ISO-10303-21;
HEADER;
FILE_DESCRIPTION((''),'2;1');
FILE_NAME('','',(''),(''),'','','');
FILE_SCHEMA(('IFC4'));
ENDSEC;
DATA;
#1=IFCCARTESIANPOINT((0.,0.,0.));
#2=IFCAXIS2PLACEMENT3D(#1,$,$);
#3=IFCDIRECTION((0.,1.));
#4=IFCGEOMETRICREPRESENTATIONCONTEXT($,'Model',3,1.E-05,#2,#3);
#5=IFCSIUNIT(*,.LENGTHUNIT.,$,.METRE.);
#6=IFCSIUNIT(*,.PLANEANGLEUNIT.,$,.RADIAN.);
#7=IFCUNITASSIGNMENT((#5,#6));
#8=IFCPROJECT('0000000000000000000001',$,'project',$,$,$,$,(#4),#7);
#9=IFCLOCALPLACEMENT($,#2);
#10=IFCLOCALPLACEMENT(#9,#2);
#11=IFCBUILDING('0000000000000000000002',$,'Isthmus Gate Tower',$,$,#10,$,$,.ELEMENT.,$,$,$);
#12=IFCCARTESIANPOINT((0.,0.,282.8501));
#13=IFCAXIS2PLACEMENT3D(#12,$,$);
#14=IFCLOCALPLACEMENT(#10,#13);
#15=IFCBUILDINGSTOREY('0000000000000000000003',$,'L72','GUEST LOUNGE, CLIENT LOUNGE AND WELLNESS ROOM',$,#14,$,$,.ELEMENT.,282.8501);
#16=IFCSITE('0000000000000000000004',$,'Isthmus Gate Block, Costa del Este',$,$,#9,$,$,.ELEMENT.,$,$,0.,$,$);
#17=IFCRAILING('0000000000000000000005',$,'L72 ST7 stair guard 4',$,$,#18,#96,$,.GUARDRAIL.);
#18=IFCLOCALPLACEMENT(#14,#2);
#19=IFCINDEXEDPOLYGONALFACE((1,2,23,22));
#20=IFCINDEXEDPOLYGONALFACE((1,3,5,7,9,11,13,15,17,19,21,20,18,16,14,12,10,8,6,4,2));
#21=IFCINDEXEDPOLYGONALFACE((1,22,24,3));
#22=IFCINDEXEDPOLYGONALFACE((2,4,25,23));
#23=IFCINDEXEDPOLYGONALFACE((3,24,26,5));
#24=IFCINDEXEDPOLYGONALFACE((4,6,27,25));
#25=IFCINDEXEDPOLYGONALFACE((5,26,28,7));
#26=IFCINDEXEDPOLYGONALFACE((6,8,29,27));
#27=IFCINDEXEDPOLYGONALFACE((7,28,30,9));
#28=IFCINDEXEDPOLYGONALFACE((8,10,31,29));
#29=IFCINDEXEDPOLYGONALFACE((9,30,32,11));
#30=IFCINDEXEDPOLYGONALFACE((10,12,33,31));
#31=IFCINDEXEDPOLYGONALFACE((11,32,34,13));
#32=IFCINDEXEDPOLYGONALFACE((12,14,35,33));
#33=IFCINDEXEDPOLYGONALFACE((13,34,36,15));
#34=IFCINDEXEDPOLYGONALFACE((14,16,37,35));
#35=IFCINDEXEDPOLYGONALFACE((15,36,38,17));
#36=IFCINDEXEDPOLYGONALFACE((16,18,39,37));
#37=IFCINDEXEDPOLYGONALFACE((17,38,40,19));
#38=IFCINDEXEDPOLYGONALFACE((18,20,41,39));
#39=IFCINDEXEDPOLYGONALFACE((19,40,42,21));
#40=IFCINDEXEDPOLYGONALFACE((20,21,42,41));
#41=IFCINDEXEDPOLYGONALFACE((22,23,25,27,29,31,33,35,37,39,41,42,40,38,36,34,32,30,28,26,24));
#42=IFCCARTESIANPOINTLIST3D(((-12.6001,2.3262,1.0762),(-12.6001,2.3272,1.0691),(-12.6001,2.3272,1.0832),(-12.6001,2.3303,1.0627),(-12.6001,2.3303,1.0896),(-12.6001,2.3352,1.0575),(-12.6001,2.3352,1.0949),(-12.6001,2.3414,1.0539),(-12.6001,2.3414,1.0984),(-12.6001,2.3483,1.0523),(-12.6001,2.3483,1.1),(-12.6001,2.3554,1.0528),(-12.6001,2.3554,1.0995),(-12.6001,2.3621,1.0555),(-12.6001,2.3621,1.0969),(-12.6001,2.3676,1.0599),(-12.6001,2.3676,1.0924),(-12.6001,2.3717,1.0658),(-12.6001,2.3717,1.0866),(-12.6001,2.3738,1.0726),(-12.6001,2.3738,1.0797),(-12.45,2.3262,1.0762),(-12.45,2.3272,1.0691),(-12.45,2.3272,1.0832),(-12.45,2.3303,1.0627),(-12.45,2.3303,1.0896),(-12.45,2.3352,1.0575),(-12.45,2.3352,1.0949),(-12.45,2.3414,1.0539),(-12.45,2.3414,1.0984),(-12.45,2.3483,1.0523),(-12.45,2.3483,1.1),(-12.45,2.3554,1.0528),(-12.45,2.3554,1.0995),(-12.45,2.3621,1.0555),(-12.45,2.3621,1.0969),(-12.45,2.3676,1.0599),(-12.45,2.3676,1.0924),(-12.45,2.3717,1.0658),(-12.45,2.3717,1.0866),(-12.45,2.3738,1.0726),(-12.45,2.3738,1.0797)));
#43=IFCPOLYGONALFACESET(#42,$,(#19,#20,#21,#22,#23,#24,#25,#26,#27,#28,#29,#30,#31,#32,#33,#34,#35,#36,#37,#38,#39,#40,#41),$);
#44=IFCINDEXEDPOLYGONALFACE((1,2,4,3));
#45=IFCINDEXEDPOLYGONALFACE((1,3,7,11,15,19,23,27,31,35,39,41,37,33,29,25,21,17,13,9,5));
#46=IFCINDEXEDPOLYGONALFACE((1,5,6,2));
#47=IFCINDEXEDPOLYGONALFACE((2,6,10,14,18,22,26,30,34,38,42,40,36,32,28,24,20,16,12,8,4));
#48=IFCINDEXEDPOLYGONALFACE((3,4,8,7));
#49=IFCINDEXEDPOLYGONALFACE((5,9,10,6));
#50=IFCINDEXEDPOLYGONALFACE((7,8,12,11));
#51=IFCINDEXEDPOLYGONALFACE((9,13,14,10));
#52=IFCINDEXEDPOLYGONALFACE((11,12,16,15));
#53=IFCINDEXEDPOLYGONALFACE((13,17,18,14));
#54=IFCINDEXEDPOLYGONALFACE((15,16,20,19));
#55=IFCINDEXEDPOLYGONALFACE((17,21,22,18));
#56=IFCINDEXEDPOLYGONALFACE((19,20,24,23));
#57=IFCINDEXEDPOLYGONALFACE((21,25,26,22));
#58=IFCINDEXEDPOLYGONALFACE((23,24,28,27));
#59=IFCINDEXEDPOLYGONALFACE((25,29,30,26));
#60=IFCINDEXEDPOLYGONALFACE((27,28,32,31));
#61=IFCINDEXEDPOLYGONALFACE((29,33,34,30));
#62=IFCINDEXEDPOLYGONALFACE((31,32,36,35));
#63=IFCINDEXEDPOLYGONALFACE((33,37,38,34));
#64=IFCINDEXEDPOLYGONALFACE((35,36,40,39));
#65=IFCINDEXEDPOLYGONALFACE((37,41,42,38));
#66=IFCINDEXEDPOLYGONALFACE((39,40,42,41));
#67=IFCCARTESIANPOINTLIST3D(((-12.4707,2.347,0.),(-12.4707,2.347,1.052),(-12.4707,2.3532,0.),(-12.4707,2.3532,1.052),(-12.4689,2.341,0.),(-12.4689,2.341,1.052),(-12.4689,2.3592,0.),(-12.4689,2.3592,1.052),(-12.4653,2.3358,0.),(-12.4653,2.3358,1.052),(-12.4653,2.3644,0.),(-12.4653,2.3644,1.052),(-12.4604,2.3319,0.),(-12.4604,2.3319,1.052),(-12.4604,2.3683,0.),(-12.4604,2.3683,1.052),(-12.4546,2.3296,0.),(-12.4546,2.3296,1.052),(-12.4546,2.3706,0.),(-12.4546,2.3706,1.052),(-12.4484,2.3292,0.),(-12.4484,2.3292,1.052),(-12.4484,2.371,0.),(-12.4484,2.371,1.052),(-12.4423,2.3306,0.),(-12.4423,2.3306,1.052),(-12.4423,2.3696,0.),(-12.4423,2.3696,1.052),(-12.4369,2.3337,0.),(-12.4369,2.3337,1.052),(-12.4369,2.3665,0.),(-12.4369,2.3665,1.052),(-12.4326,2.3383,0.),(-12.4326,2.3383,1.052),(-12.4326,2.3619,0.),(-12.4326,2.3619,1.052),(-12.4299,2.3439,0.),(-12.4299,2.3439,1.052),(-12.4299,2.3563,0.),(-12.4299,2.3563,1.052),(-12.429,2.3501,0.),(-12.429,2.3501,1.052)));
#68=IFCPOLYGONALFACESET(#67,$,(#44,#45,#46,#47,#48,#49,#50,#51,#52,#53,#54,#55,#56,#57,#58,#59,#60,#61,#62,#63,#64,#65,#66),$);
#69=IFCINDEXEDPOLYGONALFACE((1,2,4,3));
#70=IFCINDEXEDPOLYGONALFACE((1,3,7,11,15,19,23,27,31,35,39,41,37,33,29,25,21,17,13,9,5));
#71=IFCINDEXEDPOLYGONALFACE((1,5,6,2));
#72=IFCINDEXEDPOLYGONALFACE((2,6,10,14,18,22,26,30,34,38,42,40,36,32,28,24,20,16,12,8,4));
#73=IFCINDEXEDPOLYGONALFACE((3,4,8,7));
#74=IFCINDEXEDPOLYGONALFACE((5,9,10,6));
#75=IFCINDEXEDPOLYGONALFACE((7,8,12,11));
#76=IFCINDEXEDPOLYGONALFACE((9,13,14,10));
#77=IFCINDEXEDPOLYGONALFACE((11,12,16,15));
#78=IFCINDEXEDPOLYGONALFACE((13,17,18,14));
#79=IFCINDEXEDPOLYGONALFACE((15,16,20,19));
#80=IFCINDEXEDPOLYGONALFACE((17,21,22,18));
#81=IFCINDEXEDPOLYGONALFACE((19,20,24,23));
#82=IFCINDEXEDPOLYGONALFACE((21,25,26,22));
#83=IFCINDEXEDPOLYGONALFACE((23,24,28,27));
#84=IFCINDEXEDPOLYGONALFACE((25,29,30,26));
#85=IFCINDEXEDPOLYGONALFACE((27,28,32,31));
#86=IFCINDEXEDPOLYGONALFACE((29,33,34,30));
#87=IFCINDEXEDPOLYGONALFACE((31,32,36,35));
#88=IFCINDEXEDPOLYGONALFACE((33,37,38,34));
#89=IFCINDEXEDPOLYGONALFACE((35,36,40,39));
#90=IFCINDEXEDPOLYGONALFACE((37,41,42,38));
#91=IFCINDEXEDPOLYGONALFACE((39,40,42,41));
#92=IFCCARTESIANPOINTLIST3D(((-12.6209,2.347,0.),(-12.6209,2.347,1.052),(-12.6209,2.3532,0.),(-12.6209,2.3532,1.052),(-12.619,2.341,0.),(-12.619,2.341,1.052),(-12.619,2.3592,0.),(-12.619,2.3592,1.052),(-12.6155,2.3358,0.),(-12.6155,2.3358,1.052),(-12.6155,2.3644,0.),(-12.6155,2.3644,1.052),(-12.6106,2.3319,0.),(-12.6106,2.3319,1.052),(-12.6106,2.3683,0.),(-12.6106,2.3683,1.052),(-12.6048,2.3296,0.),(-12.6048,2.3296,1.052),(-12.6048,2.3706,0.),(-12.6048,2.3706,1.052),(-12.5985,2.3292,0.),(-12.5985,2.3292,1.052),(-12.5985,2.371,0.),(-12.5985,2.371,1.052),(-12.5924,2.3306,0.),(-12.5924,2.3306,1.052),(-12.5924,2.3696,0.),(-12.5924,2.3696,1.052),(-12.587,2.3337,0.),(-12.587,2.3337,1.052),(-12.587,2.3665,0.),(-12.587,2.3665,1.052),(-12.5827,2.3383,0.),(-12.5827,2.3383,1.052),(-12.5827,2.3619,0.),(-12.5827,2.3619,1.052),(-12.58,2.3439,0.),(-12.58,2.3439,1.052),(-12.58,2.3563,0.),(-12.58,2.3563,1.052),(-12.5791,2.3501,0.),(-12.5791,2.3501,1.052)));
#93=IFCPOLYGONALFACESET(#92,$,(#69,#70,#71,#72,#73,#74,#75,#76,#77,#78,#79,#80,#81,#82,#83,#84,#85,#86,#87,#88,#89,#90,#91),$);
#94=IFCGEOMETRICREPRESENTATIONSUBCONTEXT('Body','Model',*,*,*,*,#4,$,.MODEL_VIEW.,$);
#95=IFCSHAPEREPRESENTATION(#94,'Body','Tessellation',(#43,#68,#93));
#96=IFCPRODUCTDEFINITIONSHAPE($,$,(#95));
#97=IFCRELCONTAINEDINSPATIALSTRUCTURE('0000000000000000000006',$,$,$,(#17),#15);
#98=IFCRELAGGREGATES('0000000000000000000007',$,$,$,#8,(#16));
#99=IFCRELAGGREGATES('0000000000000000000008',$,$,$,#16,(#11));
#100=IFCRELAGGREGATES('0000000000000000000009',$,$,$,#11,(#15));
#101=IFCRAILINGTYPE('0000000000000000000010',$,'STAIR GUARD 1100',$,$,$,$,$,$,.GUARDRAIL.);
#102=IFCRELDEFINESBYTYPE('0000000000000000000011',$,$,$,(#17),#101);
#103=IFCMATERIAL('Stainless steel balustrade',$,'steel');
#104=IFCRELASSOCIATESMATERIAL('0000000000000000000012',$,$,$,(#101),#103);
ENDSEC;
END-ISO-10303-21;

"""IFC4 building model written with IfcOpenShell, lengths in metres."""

from ifc_helpers import new_model, si_unit, direction, frame, origin, origin_2d, place, context, subcontext, project, spatial, circle, extrude, material, type_object, element, save


model = new_model("IFC4")

# Units and contexts
model_context = context("Model", 3, precision=1e-05, world=origin(), true_north=direction((0.0, 1.0)))
body_context = subcontext(model_context, "Body", "Model", "MODEL_VIEW")
ifc_project = project(units=[si_unit("LENGTHUNIT", "METRE"), si_unit("PLANEANGLEUNIT", "RADIAN")], contexts=[model_context])

# Site, building, storey
site_placement = place(None, origin())
site = spatial("IfcSite", under=ifc_project, at=site_placement, Name="Isthmus Gate Block, Costa del Este", CompositionType="ELEMENT", RefElevation=0.0)
building_placement = place(site_placement, origin())
building = spatial("IfcBuilding", under=site, at=building_placement, Name="Isthmus Gate Tower", CompositionType="ELEMENT")
storey_placement = place(building_placement, frame((0.0, 0.0, 282.8501)))
storey = spatial("IfcBuildingStorey", under=building, at=storey_placement, Name="L72", Description="GUEST LOUNGE, CLIENT LOUNGE AND WELLNESS ROOM", CompositionType="ELEMENT", Elevation=282.8501)

# Railing
ifc_material_1 = material(Name="Stainless steel balustrade", Category="steel")
railing_type_1 = type_object("IfcRailingType", Name="STAIR GUARD 1100", PredefinedType="GUARDRAIL", material=ifc_material_1)
railing_1_placement = place(storey_placement, frame((-12.45, 2.3501, 0.0)))
element("IfcRailing", 1, at=railing_1_placement, inside=storey, type_object=railing_type_1, Name="L72 ST7 stair guard 4", PredefinedType="GUARDRAIL", context=body_context, shape_type="SweptSolid", body=[
    extrude(circle(Radius=0.0239, at=origin_2d()), frame((0.0, 0.0, 1.0762), z_axis=(-1.0, 0.0, 0.0), x_axis=(0.0, -1.0, 0.0)), (0.0, 0.0, 1.0), 0.1501),
    extrude(circle(Radius=0.021, at=origin_2d()), origin(), (0.0, 0.0, 1.0), 1.052),
    extrude(circle(Radius=0.021, at=origin_2d()), frame((-0.1501, 0.0, 0.0)), (0.0, 0.0, 1.0), 1.052),
])

save(model, "model.ifc")
